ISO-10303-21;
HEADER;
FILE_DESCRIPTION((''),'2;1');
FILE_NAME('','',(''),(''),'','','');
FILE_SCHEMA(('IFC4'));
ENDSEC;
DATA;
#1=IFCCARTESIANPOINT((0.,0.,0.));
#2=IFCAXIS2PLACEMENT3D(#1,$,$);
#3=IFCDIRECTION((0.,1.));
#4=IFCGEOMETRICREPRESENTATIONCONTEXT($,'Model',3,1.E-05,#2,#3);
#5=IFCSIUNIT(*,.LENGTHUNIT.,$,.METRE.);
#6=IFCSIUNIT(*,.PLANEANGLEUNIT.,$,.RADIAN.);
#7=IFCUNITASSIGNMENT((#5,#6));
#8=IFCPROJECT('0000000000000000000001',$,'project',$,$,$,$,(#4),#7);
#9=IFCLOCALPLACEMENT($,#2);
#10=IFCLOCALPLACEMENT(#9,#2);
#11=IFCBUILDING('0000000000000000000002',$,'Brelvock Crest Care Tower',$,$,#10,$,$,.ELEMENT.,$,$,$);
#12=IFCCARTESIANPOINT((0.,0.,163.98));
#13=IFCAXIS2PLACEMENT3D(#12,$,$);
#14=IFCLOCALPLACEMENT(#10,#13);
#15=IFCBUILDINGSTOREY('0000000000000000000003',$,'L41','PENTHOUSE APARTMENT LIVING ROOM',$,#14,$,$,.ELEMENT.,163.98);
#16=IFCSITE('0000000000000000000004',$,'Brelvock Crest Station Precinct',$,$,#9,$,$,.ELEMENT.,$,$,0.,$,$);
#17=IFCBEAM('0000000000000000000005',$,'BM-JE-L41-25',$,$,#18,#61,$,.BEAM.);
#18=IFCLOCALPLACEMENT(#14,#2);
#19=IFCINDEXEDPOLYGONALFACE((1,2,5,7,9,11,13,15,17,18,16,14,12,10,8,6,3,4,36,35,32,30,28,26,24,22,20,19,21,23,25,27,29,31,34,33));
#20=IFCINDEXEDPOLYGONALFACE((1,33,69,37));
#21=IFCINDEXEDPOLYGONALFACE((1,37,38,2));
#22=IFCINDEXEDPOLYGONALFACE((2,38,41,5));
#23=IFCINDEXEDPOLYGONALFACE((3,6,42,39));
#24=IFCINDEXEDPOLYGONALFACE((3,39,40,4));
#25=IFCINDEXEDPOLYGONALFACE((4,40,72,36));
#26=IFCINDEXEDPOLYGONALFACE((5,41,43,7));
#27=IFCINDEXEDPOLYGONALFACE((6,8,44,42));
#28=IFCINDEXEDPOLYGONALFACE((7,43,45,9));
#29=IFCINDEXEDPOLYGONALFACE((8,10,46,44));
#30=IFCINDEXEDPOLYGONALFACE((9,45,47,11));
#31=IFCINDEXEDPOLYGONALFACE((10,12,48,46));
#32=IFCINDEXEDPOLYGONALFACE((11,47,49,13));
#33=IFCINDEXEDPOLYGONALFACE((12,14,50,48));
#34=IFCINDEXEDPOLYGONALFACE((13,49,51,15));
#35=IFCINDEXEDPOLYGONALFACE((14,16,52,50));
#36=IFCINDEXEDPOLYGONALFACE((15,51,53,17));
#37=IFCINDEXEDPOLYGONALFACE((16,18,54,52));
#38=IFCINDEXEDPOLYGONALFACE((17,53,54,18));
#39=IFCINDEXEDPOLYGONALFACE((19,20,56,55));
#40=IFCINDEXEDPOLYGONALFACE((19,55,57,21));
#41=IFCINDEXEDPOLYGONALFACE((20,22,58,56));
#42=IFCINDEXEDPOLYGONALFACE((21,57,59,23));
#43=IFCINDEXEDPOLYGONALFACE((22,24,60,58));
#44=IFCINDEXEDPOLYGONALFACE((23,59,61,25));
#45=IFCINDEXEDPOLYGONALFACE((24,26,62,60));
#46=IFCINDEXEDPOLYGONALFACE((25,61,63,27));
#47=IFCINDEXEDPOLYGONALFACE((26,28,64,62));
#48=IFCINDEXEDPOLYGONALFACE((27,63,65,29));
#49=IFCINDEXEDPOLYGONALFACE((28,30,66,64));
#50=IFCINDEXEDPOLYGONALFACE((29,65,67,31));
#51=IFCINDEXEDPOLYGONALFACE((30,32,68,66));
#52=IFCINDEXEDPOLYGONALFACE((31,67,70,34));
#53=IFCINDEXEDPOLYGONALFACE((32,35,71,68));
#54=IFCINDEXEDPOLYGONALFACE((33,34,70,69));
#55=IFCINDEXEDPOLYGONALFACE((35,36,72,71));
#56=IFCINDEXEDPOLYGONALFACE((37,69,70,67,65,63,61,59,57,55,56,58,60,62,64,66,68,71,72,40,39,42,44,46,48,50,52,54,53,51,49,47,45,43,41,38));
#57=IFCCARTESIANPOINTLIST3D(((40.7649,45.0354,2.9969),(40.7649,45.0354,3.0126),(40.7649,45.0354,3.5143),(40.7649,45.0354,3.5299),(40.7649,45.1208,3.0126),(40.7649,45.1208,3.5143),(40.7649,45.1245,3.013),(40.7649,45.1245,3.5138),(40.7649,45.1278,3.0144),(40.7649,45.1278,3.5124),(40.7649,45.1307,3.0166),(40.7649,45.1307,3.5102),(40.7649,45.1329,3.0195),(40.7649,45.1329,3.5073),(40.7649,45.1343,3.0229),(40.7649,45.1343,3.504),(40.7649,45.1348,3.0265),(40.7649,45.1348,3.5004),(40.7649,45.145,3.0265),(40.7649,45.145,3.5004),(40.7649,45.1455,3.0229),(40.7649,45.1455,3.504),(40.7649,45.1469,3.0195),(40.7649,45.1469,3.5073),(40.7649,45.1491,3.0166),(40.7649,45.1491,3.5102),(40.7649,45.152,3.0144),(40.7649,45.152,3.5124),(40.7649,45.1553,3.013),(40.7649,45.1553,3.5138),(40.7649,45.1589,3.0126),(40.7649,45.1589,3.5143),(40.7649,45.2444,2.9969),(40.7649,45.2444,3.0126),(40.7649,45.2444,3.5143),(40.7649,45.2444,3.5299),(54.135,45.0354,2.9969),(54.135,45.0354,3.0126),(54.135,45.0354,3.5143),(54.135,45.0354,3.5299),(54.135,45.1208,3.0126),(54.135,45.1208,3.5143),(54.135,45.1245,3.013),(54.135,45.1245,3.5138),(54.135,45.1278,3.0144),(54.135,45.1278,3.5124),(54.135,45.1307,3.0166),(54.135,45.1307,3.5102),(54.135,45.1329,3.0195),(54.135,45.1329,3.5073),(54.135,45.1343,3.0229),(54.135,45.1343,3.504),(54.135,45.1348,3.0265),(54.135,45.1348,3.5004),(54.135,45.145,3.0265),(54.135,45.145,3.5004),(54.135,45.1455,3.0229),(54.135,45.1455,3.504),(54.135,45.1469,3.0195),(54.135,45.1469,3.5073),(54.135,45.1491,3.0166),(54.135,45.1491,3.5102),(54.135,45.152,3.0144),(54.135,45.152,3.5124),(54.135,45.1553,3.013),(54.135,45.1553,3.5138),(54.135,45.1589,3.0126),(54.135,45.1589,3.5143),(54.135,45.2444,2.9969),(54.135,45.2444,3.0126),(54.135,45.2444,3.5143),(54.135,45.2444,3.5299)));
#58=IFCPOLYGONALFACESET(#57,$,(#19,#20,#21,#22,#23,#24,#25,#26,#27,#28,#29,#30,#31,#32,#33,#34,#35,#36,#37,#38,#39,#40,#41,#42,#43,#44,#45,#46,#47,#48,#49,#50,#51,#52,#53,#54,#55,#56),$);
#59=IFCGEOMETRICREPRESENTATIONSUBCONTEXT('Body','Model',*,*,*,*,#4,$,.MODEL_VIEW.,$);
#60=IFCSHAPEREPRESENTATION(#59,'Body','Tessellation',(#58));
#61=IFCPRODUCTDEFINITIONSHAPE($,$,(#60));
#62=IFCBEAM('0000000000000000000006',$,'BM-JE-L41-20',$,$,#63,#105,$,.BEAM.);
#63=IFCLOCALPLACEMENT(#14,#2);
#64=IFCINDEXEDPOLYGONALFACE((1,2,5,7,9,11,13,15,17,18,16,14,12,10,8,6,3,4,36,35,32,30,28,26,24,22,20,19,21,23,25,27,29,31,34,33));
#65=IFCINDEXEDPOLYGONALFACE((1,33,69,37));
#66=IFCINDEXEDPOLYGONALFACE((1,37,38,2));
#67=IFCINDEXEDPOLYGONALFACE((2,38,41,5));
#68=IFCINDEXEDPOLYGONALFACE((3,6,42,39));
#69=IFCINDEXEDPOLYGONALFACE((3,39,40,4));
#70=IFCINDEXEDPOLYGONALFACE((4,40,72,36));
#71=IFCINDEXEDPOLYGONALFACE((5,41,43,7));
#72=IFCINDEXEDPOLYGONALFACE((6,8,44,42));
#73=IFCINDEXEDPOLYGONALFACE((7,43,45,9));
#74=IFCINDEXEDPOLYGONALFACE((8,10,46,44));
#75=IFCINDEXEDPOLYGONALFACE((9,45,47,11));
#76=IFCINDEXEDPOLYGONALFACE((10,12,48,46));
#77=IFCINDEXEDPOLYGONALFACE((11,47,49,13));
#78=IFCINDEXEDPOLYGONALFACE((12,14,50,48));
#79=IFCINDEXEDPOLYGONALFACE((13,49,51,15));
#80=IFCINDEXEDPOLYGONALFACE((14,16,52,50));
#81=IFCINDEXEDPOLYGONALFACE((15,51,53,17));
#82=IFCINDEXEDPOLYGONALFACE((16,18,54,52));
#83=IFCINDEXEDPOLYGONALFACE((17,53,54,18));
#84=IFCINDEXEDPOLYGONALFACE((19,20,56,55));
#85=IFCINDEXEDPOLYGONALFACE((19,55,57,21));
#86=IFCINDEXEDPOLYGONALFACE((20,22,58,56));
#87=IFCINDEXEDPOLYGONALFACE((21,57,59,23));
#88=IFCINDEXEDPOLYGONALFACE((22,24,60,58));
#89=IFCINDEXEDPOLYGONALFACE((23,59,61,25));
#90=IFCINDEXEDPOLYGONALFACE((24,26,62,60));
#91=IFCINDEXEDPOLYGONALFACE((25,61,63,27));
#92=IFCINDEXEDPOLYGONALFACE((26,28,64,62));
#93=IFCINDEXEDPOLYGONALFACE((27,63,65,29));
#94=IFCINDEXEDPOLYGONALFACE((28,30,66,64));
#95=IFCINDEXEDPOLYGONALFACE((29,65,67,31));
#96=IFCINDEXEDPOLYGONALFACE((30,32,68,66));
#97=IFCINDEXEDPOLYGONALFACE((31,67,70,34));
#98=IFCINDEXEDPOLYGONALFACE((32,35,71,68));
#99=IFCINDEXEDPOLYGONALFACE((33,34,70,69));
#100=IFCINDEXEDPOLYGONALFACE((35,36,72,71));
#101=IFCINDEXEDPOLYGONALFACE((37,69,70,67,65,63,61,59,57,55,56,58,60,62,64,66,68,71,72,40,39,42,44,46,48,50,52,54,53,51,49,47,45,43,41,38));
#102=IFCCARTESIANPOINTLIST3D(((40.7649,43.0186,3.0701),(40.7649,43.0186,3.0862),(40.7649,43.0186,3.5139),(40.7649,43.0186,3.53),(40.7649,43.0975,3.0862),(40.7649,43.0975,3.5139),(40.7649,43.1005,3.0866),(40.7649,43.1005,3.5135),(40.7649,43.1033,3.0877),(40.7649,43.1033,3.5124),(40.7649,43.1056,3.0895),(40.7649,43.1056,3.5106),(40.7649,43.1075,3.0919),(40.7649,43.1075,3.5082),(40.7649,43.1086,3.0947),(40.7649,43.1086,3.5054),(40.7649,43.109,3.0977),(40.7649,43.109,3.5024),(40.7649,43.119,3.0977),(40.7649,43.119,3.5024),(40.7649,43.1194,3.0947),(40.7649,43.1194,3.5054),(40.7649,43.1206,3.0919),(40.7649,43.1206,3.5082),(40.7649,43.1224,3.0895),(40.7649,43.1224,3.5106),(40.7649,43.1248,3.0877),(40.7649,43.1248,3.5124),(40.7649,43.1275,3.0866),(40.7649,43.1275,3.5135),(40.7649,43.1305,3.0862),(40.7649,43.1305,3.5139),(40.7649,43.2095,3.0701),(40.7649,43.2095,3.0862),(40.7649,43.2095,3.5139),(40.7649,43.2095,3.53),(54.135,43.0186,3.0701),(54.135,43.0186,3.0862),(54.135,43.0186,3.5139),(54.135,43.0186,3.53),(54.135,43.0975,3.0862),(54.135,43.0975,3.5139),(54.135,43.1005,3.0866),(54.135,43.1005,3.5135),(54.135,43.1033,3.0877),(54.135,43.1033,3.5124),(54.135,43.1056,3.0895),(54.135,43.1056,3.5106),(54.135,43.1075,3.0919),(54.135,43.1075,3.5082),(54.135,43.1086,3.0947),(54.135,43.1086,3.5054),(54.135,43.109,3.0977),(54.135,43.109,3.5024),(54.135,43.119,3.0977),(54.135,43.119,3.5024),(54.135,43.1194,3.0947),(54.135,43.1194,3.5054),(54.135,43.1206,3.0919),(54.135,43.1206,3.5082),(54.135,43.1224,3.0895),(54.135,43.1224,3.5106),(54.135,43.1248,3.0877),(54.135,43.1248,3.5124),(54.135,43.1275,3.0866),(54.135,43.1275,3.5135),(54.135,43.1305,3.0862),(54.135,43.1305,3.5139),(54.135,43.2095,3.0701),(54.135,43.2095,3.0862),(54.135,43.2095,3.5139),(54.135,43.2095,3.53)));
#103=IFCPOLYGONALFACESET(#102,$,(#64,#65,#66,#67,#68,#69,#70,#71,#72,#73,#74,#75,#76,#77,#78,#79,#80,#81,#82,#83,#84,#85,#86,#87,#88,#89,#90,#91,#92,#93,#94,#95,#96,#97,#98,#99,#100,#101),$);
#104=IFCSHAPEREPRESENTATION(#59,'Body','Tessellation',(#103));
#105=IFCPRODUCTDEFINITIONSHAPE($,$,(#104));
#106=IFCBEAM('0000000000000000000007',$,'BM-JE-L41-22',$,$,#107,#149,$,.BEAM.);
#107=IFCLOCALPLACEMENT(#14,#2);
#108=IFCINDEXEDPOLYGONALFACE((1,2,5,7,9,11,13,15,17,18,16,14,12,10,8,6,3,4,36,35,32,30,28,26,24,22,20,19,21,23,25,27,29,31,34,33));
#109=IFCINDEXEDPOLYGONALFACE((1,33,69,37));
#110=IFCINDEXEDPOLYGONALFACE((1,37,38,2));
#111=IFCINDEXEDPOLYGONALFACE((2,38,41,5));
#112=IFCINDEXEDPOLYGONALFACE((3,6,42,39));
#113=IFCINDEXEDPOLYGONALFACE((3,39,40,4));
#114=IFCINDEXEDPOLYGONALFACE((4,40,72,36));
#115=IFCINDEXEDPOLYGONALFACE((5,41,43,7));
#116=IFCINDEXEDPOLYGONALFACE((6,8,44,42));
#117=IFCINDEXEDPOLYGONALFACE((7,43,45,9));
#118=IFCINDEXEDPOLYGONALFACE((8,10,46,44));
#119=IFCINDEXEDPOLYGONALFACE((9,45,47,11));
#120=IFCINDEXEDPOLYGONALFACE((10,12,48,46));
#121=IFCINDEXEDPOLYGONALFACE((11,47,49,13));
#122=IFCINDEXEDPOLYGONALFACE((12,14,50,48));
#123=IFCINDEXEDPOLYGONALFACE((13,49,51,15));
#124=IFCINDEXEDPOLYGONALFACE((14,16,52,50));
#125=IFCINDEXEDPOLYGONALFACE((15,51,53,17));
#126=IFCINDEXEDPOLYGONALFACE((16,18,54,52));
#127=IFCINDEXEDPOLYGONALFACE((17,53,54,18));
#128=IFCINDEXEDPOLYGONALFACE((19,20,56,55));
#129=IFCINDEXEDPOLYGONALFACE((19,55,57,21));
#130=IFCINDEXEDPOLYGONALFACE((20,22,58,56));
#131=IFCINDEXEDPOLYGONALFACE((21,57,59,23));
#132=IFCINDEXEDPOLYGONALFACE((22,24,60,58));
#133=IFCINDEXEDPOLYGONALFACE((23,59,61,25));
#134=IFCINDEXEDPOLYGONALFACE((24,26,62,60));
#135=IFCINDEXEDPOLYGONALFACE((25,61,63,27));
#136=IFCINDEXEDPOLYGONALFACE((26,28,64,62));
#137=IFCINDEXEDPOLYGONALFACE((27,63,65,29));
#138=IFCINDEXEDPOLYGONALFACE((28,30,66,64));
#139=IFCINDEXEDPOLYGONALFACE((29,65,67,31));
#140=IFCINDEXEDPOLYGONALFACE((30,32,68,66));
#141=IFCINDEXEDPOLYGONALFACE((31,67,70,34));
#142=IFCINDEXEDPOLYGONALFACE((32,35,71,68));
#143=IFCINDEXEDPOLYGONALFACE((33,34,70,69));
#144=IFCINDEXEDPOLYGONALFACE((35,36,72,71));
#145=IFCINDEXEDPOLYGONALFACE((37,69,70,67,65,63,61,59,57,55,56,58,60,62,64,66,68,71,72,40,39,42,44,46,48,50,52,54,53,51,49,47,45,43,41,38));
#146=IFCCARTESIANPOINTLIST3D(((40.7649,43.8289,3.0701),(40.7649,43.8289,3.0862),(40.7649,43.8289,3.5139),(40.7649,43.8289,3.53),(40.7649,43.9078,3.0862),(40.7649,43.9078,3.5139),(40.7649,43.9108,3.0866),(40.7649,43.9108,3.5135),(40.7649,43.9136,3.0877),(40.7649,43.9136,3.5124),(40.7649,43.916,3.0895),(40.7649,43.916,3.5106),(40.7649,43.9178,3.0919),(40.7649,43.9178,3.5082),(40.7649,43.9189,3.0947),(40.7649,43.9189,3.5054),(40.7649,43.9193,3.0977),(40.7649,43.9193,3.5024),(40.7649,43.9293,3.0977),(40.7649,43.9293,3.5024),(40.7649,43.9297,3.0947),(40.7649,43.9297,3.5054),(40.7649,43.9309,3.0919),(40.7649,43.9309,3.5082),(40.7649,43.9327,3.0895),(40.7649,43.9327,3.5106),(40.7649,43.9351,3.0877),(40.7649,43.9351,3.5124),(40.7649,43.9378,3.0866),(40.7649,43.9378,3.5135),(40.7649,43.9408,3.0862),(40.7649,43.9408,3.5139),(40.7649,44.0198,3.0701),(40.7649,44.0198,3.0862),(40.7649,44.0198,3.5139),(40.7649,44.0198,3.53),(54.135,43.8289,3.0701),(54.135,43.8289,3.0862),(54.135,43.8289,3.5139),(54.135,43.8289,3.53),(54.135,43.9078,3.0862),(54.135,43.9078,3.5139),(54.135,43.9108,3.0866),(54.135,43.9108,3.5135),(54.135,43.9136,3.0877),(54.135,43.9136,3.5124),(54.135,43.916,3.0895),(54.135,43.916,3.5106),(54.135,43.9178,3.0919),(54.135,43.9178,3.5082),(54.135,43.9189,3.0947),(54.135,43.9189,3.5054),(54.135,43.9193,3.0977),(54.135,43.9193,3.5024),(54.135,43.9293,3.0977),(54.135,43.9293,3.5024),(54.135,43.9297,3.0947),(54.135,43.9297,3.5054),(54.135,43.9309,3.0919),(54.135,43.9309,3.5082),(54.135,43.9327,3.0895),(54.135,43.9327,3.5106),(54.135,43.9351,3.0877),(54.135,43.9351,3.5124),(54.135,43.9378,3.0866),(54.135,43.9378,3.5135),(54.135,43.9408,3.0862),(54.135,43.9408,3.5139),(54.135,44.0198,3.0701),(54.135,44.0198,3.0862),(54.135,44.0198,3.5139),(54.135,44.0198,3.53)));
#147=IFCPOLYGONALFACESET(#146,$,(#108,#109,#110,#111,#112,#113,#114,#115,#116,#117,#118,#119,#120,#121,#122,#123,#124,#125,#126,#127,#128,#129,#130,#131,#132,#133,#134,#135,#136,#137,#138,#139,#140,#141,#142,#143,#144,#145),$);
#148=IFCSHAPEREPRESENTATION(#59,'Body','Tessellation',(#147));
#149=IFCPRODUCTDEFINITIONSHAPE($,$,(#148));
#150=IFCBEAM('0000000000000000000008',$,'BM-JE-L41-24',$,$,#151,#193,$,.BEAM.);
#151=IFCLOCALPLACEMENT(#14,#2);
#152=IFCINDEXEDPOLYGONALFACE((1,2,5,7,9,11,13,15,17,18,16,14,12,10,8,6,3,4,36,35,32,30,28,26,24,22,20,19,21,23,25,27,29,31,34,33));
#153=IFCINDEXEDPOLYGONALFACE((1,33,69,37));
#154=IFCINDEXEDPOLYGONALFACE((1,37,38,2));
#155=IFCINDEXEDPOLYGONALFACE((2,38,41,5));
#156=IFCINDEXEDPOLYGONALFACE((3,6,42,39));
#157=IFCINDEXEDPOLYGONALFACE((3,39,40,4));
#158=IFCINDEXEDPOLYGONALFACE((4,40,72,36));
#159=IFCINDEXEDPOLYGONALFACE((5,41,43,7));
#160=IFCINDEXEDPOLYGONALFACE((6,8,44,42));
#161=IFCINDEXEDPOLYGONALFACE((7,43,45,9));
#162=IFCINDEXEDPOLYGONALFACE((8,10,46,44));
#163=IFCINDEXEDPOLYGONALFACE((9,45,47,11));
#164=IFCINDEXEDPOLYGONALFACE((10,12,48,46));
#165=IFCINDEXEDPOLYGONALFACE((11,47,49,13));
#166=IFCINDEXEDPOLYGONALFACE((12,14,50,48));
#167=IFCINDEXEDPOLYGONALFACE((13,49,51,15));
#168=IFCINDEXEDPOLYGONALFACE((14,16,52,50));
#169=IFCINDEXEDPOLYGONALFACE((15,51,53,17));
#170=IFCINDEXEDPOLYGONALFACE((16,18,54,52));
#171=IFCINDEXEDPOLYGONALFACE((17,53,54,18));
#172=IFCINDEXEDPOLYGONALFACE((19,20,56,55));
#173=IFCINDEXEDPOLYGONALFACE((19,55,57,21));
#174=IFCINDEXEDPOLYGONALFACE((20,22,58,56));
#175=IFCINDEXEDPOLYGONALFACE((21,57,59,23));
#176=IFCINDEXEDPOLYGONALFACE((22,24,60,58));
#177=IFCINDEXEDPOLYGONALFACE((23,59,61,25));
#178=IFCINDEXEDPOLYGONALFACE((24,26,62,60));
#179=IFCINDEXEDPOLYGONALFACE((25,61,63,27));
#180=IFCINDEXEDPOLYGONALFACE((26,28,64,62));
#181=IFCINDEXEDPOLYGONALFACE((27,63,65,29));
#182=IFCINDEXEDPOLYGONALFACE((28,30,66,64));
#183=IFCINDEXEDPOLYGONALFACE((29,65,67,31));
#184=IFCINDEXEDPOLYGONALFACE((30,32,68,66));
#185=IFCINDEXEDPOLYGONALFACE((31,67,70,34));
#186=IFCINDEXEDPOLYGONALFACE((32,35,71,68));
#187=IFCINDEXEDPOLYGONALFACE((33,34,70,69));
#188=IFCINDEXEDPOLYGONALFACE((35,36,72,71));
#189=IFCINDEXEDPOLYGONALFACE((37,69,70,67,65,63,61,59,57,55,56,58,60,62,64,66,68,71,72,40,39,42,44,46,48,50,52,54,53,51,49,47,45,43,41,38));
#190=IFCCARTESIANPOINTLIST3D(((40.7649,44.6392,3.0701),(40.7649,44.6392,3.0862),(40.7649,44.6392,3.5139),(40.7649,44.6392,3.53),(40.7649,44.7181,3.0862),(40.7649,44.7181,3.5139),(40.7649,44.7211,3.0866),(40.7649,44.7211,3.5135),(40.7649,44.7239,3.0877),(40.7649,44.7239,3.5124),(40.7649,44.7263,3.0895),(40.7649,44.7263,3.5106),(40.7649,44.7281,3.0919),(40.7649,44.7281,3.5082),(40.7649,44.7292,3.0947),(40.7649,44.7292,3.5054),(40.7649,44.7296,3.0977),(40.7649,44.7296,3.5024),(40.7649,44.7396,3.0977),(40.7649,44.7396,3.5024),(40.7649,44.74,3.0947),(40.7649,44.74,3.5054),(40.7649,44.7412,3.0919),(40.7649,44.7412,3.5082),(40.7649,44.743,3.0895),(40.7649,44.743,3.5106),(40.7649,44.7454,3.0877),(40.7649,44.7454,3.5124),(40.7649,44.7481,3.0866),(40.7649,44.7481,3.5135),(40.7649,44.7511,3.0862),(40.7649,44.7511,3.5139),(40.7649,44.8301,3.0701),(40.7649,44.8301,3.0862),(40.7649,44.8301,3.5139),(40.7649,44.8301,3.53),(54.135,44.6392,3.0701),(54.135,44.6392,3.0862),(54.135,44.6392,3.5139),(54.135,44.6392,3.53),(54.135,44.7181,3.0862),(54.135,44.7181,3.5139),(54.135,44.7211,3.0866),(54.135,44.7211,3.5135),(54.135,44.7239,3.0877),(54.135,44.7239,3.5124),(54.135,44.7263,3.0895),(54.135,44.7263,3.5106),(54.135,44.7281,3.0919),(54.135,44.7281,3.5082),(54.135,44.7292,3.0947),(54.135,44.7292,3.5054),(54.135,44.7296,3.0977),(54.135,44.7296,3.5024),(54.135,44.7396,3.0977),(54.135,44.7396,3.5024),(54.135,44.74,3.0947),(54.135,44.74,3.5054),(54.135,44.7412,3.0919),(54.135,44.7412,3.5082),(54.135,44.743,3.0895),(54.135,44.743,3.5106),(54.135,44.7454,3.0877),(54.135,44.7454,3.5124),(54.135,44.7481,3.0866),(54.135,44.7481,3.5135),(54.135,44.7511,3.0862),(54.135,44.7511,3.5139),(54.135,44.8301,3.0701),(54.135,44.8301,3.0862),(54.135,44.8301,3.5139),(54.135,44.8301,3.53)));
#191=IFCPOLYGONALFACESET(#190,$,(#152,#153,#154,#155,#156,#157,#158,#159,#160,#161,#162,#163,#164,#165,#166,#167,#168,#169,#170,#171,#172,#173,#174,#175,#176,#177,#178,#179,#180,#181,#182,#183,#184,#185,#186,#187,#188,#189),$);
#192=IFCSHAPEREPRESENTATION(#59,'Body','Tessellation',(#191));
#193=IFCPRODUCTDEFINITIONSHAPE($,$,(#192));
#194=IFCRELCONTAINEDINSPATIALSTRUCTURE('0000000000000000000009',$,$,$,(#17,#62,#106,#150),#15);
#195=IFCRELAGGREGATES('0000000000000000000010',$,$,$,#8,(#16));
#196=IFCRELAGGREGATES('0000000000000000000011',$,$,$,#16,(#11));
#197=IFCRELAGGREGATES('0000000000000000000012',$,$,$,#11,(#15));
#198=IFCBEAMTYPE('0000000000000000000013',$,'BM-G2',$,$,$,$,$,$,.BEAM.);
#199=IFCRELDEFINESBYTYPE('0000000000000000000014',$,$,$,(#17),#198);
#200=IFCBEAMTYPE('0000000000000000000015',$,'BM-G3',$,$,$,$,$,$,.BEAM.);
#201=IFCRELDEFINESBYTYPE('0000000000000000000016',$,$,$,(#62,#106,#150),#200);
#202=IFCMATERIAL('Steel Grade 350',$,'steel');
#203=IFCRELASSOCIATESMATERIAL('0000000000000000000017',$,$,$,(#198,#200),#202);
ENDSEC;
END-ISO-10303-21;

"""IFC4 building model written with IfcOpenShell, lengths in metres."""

from ifc_helpers import new_model, si_unit, direction, frame, origin, origin_2d, place, context, subcontext, project, spatial, i_section, extrude, source, transform, mapped, material, material_profile, profile_set, type_object, element, save


model = new_model("IFC4")

# Units and contexts
model_context = context("Model", 3, precision=1e-05, world=origin(), true_north=direction((0.0, 1.0)))
body_context = subcontext(model_context, "Body", "Model", "MODEL_VIEW")
ifc_project = project(units=[si_unit("LENGTHUNIT", "METRE"), si_unit("PLANEANGLEUNIT", "RADIAN")], contexts=[model_context])

# Site, building, storey
site_placement = place(None, origin())
site = spatial("IfcSite", under=ifc_project, at=site_placement, Name="Brelvock Crest Station Precinct", CompositionType="ELEMENT", RefElevation=0.0)
building_placement = place(site_placement, origin())
building = spatial("IfcBuilding", under=site, at=building_placement, Name="Brelvock Crest Care Tower", CompositionType="ELEMENT")
storey_placement = place(building_placement, frame((0.0, 0.0, 163.98)))
storey = spatial("IfcBuildingStorey", under=building, at=storey_placement, Name="L41", Description="PENTHOUSE APARTMENT LIVING ROOM", CompositionType="ELEMENT", Elevation=163.98)

# Shared definitions
ifc_material_1 = material(Name="Steel Grade 350", Category="steel")

# Beams
ifc_material_profile_1 = material_profile(ifc_material_1, i_section(OverallWidth=0.209, OverallDepth=0.533, WebThickness=0.0103, FlangeThickness=0.0156, FilletRadius=0.0139, at=origin_2d()), Name="530UB92.4")
ifc_profile_set_1 = profile_set([ifc_material_profile_1], Name="Steel Grade 350")
beam_type_1 = type_object("IfcBeamType", Name="BM-G2", PredefinedType="BEAM", material=ifc_profile_set_1)
shared_shape_1 = source(origin(), body_context, "Body", "SweptSolid", [
    extrude(i_section(OverallWidth=0.209, OverallDepth=0.533, WebThickness=0.0103, FlangeThickness=0.0156, FilletRadius=0.0139, at=origin_2d()), origin(), (0.0, 0.0, 1.0), 13.3701),
])
for number, where, z_axis, x_axis, name in (
    (1, (40.7649, 45.1399, 3.2634), (1.0, 0.0, 0.0), (0.0, 1.0, 0.0), "BM-JE-L41-25"),
):
    element("IfcBeam", number, at=place(storey_placement, frame(where, z_axis=z_axis, x_axis=x_axis)), inside=storey, type_object=beam_type_1, Name=name, PredefinedType="BEAM", context=body_context, shape_type="MappedRepresentation", body=[
        mapped(shared_shape_1, transform((0.0, 0.0, 0.0), x_axis=(1.0, 0.0, 0.0), y_axis=(0.0, 1.0, 0.0), z_axis=(0.0, 0.0, 1.0), scale=1.0)),
    ])
ifc_material_profile_2 = material_profile(ifc_material_1, i_section(OverallWidth=0.1909, OverallDepth=0.46, WebThickness=0.01, FlangeThickness=0.0161, FilletRadius=0.0115, at=origin_2d()), Name="460UB82.1")
ifc_profile_set_2 = profile_set([ifc_material_profile_2], Name="Steel Grade 350")
beam_type_2 = type_object("IfcBeamType", Name="BM-G3", PredefinedType="BEAM", material=ifc_profile_set_2)
shared_shape_2 = source(origin(), body_context, "Body", "SweptSolid", [
    extrude(i_section(OverallWidth=0.1909, OverallDepth=0.46, WebThickness=0.01, FlangeThickness=0.0161, FilletRadius=0.0115, at=origin_2d()), origin(), (0.0, 0.0, 1.0), 13.3701),
])
for number, where, z_axis, x_axis, name in (
    (2, (40.7649, 43.114, 3.3), (1.0, 0.0, 0.0), (0.0, 1.0, 0.0), "BM-JE-L41-20"),
    (3, (40.7649, 43.9243, 3.3), (1.0, 0.0, 0.0), (0.0, 1.0, 0.0), "BM-JE-L41-22"),
    (4, (40.7649, 44.7346, 3.3), (1.0, 0.0, 0.0), (0.0, 1.0, 0.0), "BM-JE-L41-24"),
):
    element("IfcBeam", number, at=place(storey_placement, frame(where, z_axis=z_axis, x_axis=x_axis)), inside=storey, type_object=beam_type_2, Name=name, PredefinedType="BEAM", context=body_context, shape_type="MappedRepresentation", body=[
        mapped(shared_shape_2, transform((0.0, 0.0, 0.0), x_axis=(1.0, 0.0, 0.0), y_axis=(0.0, 1.0, 0.0), z_axis=(0.0, 0.0, 1.0), scale=1.0)),
    ])

save(model, "model.ifc")
